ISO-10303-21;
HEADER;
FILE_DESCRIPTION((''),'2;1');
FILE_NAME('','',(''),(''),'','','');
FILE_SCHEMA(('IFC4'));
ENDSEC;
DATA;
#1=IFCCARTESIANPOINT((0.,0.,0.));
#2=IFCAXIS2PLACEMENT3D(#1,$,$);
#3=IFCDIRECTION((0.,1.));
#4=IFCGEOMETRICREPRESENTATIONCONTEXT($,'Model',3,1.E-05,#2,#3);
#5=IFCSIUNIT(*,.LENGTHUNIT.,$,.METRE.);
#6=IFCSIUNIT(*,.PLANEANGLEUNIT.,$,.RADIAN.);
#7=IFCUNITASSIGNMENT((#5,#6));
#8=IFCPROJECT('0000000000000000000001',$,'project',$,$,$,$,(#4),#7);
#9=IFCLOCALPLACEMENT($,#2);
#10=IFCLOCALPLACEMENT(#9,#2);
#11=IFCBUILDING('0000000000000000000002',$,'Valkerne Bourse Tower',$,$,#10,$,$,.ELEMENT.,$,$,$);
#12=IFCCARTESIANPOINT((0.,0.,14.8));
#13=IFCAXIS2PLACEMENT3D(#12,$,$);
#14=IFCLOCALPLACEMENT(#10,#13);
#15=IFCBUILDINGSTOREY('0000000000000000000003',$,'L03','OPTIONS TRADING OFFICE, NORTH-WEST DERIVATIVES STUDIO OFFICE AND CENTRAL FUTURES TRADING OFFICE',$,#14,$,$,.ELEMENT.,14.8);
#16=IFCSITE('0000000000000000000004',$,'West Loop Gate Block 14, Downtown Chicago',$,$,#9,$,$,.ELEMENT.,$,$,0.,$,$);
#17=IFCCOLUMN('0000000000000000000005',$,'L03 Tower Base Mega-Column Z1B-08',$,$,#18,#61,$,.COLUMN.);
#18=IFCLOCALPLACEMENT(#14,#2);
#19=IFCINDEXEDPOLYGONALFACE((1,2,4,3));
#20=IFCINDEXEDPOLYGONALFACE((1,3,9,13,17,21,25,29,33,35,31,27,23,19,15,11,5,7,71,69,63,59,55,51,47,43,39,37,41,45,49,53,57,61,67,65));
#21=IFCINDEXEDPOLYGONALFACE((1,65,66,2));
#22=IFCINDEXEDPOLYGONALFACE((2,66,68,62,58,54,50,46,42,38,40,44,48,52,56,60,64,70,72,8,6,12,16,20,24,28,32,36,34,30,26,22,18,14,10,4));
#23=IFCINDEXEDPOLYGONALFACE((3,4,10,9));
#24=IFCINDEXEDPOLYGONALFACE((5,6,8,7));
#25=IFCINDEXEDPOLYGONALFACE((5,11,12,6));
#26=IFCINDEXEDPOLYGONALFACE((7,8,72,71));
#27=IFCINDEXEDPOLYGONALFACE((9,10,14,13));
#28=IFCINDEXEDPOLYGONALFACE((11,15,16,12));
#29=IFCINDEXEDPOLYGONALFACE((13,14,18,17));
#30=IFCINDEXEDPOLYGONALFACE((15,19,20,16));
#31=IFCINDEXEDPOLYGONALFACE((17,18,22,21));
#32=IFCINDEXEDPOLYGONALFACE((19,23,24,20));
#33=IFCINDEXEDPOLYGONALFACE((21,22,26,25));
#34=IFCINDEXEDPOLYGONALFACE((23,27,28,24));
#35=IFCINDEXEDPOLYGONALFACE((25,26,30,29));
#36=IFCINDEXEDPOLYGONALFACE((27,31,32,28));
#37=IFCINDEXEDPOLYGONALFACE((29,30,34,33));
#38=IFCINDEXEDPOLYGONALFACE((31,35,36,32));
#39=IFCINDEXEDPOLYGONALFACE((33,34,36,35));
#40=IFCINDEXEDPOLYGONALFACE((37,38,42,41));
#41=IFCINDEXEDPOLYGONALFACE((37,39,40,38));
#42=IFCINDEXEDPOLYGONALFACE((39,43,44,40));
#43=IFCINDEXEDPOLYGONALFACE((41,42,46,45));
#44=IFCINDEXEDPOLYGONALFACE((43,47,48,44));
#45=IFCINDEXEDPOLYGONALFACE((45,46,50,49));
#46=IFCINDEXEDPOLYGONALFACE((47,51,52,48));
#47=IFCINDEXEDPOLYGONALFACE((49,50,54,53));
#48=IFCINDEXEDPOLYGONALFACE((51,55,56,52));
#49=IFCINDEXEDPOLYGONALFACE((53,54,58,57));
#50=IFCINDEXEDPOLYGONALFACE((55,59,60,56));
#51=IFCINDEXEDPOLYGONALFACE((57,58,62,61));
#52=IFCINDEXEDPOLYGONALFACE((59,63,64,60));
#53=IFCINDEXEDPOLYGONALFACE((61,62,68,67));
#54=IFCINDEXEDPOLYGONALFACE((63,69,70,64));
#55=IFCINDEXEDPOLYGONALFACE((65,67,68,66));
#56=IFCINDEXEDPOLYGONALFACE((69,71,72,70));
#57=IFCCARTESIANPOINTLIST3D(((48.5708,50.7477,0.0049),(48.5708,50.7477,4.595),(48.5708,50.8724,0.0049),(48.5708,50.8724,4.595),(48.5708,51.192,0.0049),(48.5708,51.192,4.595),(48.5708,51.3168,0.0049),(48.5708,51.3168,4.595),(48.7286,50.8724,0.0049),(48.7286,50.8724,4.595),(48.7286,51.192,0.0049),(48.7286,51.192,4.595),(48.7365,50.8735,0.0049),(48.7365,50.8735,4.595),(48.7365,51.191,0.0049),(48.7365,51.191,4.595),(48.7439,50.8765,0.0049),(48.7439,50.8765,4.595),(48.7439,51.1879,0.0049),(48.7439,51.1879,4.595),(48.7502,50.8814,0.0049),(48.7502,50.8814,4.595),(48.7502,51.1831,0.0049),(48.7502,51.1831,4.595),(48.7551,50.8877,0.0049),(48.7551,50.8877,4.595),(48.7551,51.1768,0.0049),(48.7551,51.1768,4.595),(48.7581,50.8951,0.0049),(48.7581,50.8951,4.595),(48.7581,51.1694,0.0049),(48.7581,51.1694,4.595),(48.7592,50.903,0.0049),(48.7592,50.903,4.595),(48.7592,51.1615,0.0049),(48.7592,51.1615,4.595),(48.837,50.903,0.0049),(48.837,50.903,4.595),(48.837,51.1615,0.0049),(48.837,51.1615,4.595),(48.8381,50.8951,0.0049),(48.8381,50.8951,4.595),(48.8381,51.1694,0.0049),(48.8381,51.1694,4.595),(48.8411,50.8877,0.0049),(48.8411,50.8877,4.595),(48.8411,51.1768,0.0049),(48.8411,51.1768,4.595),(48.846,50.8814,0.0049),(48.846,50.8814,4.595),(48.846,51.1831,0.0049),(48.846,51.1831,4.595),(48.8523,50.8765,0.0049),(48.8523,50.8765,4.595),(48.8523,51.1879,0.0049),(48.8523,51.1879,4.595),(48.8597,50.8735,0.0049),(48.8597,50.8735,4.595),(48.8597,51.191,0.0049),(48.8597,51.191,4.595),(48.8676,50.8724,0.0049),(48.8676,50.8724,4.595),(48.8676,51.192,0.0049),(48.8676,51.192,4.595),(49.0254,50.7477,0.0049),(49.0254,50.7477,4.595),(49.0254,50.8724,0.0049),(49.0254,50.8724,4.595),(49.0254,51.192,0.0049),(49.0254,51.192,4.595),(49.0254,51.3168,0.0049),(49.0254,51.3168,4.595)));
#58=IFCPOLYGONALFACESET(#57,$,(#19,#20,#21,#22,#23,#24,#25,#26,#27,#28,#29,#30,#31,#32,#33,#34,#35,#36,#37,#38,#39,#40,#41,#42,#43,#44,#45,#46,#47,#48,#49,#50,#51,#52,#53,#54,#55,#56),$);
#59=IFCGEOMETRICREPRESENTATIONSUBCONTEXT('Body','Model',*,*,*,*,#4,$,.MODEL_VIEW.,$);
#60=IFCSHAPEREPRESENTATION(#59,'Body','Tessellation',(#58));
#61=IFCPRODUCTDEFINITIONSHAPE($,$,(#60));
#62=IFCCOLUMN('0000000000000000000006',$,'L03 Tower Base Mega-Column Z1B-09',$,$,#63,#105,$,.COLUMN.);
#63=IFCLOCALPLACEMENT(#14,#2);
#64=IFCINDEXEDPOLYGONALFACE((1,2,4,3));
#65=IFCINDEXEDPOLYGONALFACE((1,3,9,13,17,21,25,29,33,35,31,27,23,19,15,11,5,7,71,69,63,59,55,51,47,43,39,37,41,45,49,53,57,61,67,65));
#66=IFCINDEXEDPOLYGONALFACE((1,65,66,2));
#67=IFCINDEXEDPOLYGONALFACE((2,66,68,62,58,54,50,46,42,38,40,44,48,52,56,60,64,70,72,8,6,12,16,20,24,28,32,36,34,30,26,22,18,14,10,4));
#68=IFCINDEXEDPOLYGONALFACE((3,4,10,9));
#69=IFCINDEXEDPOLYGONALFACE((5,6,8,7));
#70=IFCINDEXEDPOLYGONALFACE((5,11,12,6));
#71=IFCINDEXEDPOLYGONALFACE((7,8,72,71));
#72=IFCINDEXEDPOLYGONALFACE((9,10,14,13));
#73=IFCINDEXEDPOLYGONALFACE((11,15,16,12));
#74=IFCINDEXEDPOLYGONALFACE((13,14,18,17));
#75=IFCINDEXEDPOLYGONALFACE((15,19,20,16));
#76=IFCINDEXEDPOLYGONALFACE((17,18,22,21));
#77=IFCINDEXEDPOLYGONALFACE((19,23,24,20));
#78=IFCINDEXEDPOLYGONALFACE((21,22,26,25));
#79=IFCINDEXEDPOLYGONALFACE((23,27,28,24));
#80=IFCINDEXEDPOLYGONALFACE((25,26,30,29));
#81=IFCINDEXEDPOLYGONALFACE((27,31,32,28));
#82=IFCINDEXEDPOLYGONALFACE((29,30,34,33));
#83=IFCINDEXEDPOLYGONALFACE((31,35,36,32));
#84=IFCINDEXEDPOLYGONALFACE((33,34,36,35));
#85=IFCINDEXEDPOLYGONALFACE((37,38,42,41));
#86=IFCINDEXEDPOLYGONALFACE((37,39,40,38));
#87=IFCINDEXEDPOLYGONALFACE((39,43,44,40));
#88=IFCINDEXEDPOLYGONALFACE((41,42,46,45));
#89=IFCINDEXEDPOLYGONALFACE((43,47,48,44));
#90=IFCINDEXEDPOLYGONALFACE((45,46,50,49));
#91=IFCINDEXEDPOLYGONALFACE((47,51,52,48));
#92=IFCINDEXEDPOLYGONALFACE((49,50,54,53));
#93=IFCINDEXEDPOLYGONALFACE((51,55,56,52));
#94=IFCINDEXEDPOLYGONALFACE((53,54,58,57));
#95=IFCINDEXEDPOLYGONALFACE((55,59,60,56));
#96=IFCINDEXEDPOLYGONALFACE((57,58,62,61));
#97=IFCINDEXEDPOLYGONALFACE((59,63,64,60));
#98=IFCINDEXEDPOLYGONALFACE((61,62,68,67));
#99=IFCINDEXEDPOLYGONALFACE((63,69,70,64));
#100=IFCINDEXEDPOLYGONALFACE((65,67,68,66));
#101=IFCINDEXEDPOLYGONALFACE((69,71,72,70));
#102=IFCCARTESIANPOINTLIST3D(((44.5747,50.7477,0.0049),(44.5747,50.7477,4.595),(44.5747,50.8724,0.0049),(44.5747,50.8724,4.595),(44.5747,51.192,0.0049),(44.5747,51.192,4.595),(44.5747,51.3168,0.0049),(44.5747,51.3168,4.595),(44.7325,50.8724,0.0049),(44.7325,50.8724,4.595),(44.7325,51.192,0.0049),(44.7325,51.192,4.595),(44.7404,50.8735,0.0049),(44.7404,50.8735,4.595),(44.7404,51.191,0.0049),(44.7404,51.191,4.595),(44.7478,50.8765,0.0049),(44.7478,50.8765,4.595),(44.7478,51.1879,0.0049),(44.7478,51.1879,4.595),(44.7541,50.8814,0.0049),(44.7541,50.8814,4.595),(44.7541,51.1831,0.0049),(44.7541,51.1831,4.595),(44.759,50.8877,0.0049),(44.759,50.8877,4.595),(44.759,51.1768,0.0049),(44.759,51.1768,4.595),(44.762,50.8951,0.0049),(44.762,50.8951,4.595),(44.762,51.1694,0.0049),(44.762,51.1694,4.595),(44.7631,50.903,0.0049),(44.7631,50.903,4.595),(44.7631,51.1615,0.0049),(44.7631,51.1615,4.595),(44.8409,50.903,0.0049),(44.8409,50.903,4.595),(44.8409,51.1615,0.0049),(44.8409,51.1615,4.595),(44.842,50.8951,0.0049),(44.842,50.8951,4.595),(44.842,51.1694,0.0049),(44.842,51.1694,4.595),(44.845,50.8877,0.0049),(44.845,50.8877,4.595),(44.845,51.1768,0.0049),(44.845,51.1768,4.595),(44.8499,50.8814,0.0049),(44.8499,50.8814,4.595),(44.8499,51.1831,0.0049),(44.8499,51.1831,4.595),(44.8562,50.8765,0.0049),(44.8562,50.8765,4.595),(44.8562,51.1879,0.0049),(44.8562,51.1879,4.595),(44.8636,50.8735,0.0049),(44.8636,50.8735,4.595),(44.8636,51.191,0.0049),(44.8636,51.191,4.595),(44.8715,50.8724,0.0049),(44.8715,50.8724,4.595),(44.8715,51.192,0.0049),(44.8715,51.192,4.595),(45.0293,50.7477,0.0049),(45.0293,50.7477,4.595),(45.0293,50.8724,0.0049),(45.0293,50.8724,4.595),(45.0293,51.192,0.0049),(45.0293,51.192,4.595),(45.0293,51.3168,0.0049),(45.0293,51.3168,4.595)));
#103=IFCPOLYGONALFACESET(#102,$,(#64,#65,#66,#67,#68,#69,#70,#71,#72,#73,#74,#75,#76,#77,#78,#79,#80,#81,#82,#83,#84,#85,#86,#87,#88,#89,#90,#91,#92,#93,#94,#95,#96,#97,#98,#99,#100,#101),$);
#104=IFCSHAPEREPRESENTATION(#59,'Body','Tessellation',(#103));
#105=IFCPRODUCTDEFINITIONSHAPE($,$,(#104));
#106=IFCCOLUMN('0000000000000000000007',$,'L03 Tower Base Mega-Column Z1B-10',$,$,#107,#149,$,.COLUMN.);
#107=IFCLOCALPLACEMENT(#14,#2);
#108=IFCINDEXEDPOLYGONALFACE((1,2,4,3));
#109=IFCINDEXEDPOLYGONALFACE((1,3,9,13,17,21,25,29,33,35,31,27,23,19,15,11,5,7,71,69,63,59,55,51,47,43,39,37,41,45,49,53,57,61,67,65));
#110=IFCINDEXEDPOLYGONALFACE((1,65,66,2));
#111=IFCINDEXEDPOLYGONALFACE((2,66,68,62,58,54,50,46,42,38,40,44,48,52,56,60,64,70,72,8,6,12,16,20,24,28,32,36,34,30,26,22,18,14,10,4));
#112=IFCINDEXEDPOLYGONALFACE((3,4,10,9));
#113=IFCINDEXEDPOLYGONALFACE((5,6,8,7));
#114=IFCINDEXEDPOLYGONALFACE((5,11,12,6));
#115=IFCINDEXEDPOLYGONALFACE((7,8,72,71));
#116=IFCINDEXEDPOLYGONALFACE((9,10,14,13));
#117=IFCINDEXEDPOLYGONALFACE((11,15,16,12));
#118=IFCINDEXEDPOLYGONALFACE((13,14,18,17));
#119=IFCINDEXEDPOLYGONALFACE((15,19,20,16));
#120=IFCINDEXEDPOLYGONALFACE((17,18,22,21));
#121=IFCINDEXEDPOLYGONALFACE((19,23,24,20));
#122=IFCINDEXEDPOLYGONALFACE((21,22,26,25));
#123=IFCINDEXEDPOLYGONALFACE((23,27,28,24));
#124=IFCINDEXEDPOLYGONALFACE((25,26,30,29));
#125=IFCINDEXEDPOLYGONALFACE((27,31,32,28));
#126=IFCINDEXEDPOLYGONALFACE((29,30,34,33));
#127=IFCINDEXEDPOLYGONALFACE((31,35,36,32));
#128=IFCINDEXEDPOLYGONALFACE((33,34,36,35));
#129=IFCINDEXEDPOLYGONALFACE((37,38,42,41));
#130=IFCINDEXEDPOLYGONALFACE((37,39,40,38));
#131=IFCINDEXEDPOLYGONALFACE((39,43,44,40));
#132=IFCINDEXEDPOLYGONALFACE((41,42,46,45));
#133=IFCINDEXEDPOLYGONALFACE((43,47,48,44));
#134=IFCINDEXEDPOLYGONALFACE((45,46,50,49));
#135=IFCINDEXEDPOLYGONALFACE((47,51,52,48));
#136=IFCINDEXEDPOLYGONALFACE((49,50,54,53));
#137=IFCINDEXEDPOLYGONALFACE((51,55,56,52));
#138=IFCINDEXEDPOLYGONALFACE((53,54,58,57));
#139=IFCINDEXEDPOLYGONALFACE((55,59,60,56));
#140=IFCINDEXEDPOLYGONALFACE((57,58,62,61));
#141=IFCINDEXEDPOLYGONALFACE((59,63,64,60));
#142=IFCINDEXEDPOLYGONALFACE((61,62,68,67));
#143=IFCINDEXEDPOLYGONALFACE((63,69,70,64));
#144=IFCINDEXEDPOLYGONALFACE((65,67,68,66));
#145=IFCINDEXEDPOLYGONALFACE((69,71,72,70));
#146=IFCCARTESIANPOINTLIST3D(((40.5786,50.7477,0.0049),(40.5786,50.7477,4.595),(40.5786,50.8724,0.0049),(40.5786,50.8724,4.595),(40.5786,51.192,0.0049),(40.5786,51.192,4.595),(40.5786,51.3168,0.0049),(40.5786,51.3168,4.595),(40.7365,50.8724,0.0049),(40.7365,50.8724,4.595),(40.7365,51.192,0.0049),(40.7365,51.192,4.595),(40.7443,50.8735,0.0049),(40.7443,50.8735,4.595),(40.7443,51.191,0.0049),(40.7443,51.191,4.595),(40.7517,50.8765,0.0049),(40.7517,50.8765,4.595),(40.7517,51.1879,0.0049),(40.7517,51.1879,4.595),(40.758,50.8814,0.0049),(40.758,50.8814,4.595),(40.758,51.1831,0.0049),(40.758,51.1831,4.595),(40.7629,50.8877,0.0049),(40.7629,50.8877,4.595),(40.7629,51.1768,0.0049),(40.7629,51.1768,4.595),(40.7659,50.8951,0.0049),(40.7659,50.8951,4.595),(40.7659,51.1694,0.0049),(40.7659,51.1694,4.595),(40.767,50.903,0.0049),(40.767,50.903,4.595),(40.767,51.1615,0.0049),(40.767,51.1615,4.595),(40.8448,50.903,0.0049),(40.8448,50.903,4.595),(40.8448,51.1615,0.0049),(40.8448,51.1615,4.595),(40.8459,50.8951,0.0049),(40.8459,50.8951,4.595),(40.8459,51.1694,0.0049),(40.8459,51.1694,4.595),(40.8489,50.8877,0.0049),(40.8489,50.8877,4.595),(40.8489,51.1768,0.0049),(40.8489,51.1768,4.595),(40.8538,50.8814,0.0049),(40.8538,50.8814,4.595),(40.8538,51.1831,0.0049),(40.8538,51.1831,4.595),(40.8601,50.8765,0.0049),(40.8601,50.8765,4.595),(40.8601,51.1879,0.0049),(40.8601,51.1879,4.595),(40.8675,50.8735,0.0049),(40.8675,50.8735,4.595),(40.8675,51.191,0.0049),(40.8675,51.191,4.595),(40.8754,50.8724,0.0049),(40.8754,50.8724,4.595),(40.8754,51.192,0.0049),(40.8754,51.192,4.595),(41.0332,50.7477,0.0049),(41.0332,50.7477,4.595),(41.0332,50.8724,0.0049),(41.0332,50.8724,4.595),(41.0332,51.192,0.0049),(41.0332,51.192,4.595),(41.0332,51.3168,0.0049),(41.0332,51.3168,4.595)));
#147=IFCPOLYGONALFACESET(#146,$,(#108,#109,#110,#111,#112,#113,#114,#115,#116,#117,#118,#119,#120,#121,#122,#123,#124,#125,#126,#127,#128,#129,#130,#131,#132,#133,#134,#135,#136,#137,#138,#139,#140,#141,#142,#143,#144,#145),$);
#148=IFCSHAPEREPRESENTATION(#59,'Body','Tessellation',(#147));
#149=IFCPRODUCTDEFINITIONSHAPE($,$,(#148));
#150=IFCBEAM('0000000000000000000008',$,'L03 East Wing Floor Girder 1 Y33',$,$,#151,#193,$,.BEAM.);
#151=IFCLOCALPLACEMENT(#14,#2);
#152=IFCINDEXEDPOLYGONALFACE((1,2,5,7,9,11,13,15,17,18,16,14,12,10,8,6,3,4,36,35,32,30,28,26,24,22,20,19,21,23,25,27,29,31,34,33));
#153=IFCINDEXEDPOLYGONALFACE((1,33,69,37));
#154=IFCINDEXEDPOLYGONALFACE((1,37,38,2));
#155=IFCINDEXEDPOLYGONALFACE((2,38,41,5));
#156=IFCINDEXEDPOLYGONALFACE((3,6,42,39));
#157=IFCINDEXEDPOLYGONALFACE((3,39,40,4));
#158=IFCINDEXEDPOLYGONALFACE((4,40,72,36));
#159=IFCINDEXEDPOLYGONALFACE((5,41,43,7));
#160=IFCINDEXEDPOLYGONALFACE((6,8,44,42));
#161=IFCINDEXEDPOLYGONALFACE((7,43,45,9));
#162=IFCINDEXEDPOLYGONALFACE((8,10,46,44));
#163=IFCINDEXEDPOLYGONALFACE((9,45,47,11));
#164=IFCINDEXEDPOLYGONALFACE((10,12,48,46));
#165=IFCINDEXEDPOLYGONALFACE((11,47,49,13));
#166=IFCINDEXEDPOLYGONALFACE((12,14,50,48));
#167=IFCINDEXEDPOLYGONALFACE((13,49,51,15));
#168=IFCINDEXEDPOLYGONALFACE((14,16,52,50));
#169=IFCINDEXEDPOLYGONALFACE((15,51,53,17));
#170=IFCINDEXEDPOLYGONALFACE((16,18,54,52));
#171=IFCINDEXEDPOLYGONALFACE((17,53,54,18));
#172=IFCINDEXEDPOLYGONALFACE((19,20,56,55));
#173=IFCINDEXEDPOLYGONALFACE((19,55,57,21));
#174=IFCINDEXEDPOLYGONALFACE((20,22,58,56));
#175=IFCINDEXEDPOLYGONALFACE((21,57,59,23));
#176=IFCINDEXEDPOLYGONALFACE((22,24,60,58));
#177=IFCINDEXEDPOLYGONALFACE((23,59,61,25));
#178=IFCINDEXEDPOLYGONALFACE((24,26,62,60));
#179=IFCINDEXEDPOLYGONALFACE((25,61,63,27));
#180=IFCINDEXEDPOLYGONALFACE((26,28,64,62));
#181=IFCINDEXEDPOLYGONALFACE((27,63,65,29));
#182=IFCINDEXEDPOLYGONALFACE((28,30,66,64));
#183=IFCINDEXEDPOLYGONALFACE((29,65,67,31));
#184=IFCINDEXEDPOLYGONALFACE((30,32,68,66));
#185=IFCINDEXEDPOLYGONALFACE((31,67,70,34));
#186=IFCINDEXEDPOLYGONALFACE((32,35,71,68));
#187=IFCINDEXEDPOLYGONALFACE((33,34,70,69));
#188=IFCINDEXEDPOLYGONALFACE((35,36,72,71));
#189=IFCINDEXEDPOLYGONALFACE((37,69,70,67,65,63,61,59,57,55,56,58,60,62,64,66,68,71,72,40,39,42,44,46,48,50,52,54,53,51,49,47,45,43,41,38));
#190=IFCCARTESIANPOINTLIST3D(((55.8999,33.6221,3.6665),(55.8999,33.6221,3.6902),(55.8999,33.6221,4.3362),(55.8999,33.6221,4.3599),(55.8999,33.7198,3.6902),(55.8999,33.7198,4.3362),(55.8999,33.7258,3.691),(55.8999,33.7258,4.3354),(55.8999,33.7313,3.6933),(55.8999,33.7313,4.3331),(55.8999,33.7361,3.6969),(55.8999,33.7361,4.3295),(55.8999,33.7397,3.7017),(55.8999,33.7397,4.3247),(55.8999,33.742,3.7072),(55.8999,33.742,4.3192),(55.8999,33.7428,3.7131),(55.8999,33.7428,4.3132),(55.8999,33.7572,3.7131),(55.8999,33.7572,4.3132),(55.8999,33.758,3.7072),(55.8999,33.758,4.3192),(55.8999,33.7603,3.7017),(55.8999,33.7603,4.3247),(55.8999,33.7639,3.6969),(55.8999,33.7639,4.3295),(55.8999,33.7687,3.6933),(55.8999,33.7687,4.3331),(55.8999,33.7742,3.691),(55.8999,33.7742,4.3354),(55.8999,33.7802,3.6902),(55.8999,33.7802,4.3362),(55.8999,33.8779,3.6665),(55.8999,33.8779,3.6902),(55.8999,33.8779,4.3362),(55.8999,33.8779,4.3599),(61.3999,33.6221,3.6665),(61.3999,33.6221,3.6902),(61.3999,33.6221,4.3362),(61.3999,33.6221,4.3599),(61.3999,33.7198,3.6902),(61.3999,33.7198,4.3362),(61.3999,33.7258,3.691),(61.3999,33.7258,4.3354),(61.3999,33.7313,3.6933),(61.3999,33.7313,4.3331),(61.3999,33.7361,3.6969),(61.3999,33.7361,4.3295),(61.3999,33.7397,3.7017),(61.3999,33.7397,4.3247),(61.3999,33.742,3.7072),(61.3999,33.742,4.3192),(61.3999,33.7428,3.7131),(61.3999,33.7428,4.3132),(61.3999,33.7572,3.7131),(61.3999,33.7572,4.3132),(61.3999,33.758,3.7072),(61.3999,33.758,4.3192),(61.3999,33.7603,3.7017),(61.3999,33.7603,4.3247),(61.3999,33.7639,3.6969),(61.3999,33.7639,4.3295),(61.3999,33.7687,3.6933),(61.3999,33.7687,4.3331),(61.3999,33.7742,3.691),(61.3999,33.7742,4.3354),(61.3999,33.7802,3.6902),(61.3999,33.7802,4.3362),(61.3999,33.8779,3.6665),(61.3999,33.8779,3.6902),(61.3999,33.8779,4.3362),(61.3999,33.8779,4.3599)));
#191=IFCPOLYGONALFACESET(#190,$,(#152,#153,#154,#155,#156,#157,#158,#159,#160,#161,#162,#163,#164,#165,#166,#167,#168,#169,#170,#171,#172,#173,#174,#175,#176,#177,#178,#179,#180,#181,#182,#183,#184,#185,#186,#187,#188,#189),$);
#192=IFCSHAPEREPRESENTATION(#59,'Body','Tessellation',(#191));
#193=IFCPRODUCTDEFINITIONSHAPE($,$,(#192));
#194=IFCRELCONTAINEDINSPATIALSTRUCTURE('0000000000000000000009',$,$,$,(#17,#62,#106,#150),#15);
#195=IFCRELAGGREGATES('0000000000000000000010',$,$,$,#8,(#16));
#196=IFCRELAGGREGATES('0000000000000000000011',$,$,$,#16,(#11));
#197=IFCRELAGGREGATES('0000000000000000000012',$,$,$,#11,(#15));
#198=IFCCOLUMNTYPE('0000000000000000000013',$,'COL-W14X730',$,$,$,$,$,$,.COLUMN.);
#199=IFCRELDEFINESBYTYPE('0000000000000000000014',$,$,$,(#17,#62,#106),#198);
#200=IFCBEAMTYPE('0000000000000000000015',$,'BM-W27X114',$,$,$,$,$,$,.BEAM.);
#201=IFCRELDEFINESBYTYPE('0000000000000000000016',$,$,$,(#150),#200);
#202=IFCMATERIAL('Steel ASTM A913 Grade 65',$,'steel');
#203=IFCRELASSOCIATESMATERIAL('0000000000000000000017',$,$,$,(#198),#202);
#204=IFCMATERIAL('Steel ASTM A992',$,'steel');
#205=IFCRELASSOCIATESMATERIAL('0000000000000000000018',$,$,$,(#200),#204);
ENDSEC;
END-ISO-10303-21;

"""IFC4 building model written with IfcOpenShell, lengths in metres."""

from ifc_helpers import new_model, si_unit, direction, frame, origin, origin_2d, place, context, subcontext, project, spatial, i_section, extrude, material, material_profile, profile_set, type_object, element, save


model = new_model("IFC4")

# Units and contexts
model_context = context("Model", 3, precision=1e-05, world=origin(), true_north=direction((0.0, 1.0)))
body_context = subcontext(model_context, "Body", "Model", "MODEL_VIEW")
ifc_project = project(units=[si_unit("LENGTHUNIT", "METRE"), si_unit("PLANEANGLEUNIT", "RADIAN")], contexts=[model_context])

# Site, building, storey
site_placement = place(None, origin())
site = spatial("IfcSite", under=ifc_project, at=site_placement, Name="West Loop Gate Block 14, Downtown Chicago", CompositionType="ELEMENT", RefElevation=0.0)
building_placement = place(site_placement, origin())
building = spatial("IfcBuilding", under=site, at=building_placement, Name="Valkerne Bourse Tower", CompositionType="ELEMENT")
storey_placement = place(building_placement, frame((0.0, 0.0, 14.8)))
storey = spatial("IfcBuildingStorey", under=building, at=storey_placement, Name="L03", Description="OPTIONS TRADING OFFICE, NORTH-WEST DERIVATIVES STUDIO OFFICE AND CENTRAL FUTURES TRADING OFFICE", CompositionType="ELEMENT", Elevation=14.8)

# Columns
ifc_material_1 = material(Name="Steel ASTM A913 Grade 65", Category="steel")
ifc_material_profile_1 = material_profile(ifc_material_1, i_section(OverallWidth=0.4546, OverallDepth=0.5691, WebThickness=0.0779, FlangeThickness=0.1248, FilletRadius=0.0305, at=origin_2d()), Name="W14X730")
ifc_profile_set_1 = profile_set([ifc_material_profile_1], Name="Steel ASTM A913 Grade 65")
column_type_1 = type_object("IfcColumnType", Name="COL-W14X730", PredefinedType="COLUMN", material=ifc_profile_set_1)
for number, where, z_axis, x_axis, name in (
    (1, (48.7981, 51.0322, 0.0049), (0.0, 0.0, 1.0), (-1.0, 0.0, 0.0), "L03 Tower Base Mega-Column Z1B-08"),
    (2, (44.802, 51.0322, 0.0049), (0.0, 0.0, 1.0), (-1.0, 0.0, 0.0), "L03 Tower Base Mega-Column Z1B-09"),
    (3, (40.8059, 51.0322, 0.0049), (0.0, 0.0, 1.0), (-1.0, 0.0, 0.0), "L03 Tower Base Mega-Column Z1B-10"),
):
    element("IfcColumn", number, at=place(storey_placement, frame(where, z_axis=z_axis, x_axis=x_axis)), inside=storey, type_object=column_type_1, Name=name, PredefinedType="COLUMN", context=body_context, shape_type="SweptSolid", body=[
        extrude(i_section(OverallWidth=0.4546, OverallDepth=0.5691, WebThickness=0.0779, FlangeThickness=0.1248, FilletRadius=0.0305, at=origin_2d()), origin(), (0.0, 0.0, 1.0), 4.5901),
    ])

# Beam
ifc_material_2 = material(Name="Steel ASTM A992", Category="steel")
ifc_material_profile_2 = material_profile(ifc_material_2, i_section(OverallWidth=0.2559, OverallDepth=0.6934, WebThickness=0.0144, FlangeThickness=0.0237, FilletRadius=0.0229, at=origin_2d()), Name="W27X114")
ifc_profile_set_2 = profile_set([ifc_material_profile_2], Name="Steel ASTM A992")
beam_type_1 = type_object("IfcBeamType", Name="BM-W27X114", PredefinedType="BEAM", material=ifc_profile_set_2)
beam_1_placement = place(storey_placement, frame((55.8999, 33.75, 4.0132), z_axis=(1.0, 0.0, 0.0), x_axis=(0.0, 1.0, 0.0)))
element("IfcBeam", 4, at=beam_1_placement, inside=storey, type_object=beam_type_1, Name="L03 East Wing Floor Girder 1 Y33", PredefinedType="BEAM", context=body_context, shape_type="SweptSolid", body=[
    extrude(i_section(OverallWidth=0.2559, OverallDepth=0.6934, WebThickness=0.0144, FlangeThickness=0.0237, FilletRadius=0.0229, at=origin_2d()), origin(), (0.0, 0.0, 1.0), 5.5),
])

save(model, "model.ifc")
